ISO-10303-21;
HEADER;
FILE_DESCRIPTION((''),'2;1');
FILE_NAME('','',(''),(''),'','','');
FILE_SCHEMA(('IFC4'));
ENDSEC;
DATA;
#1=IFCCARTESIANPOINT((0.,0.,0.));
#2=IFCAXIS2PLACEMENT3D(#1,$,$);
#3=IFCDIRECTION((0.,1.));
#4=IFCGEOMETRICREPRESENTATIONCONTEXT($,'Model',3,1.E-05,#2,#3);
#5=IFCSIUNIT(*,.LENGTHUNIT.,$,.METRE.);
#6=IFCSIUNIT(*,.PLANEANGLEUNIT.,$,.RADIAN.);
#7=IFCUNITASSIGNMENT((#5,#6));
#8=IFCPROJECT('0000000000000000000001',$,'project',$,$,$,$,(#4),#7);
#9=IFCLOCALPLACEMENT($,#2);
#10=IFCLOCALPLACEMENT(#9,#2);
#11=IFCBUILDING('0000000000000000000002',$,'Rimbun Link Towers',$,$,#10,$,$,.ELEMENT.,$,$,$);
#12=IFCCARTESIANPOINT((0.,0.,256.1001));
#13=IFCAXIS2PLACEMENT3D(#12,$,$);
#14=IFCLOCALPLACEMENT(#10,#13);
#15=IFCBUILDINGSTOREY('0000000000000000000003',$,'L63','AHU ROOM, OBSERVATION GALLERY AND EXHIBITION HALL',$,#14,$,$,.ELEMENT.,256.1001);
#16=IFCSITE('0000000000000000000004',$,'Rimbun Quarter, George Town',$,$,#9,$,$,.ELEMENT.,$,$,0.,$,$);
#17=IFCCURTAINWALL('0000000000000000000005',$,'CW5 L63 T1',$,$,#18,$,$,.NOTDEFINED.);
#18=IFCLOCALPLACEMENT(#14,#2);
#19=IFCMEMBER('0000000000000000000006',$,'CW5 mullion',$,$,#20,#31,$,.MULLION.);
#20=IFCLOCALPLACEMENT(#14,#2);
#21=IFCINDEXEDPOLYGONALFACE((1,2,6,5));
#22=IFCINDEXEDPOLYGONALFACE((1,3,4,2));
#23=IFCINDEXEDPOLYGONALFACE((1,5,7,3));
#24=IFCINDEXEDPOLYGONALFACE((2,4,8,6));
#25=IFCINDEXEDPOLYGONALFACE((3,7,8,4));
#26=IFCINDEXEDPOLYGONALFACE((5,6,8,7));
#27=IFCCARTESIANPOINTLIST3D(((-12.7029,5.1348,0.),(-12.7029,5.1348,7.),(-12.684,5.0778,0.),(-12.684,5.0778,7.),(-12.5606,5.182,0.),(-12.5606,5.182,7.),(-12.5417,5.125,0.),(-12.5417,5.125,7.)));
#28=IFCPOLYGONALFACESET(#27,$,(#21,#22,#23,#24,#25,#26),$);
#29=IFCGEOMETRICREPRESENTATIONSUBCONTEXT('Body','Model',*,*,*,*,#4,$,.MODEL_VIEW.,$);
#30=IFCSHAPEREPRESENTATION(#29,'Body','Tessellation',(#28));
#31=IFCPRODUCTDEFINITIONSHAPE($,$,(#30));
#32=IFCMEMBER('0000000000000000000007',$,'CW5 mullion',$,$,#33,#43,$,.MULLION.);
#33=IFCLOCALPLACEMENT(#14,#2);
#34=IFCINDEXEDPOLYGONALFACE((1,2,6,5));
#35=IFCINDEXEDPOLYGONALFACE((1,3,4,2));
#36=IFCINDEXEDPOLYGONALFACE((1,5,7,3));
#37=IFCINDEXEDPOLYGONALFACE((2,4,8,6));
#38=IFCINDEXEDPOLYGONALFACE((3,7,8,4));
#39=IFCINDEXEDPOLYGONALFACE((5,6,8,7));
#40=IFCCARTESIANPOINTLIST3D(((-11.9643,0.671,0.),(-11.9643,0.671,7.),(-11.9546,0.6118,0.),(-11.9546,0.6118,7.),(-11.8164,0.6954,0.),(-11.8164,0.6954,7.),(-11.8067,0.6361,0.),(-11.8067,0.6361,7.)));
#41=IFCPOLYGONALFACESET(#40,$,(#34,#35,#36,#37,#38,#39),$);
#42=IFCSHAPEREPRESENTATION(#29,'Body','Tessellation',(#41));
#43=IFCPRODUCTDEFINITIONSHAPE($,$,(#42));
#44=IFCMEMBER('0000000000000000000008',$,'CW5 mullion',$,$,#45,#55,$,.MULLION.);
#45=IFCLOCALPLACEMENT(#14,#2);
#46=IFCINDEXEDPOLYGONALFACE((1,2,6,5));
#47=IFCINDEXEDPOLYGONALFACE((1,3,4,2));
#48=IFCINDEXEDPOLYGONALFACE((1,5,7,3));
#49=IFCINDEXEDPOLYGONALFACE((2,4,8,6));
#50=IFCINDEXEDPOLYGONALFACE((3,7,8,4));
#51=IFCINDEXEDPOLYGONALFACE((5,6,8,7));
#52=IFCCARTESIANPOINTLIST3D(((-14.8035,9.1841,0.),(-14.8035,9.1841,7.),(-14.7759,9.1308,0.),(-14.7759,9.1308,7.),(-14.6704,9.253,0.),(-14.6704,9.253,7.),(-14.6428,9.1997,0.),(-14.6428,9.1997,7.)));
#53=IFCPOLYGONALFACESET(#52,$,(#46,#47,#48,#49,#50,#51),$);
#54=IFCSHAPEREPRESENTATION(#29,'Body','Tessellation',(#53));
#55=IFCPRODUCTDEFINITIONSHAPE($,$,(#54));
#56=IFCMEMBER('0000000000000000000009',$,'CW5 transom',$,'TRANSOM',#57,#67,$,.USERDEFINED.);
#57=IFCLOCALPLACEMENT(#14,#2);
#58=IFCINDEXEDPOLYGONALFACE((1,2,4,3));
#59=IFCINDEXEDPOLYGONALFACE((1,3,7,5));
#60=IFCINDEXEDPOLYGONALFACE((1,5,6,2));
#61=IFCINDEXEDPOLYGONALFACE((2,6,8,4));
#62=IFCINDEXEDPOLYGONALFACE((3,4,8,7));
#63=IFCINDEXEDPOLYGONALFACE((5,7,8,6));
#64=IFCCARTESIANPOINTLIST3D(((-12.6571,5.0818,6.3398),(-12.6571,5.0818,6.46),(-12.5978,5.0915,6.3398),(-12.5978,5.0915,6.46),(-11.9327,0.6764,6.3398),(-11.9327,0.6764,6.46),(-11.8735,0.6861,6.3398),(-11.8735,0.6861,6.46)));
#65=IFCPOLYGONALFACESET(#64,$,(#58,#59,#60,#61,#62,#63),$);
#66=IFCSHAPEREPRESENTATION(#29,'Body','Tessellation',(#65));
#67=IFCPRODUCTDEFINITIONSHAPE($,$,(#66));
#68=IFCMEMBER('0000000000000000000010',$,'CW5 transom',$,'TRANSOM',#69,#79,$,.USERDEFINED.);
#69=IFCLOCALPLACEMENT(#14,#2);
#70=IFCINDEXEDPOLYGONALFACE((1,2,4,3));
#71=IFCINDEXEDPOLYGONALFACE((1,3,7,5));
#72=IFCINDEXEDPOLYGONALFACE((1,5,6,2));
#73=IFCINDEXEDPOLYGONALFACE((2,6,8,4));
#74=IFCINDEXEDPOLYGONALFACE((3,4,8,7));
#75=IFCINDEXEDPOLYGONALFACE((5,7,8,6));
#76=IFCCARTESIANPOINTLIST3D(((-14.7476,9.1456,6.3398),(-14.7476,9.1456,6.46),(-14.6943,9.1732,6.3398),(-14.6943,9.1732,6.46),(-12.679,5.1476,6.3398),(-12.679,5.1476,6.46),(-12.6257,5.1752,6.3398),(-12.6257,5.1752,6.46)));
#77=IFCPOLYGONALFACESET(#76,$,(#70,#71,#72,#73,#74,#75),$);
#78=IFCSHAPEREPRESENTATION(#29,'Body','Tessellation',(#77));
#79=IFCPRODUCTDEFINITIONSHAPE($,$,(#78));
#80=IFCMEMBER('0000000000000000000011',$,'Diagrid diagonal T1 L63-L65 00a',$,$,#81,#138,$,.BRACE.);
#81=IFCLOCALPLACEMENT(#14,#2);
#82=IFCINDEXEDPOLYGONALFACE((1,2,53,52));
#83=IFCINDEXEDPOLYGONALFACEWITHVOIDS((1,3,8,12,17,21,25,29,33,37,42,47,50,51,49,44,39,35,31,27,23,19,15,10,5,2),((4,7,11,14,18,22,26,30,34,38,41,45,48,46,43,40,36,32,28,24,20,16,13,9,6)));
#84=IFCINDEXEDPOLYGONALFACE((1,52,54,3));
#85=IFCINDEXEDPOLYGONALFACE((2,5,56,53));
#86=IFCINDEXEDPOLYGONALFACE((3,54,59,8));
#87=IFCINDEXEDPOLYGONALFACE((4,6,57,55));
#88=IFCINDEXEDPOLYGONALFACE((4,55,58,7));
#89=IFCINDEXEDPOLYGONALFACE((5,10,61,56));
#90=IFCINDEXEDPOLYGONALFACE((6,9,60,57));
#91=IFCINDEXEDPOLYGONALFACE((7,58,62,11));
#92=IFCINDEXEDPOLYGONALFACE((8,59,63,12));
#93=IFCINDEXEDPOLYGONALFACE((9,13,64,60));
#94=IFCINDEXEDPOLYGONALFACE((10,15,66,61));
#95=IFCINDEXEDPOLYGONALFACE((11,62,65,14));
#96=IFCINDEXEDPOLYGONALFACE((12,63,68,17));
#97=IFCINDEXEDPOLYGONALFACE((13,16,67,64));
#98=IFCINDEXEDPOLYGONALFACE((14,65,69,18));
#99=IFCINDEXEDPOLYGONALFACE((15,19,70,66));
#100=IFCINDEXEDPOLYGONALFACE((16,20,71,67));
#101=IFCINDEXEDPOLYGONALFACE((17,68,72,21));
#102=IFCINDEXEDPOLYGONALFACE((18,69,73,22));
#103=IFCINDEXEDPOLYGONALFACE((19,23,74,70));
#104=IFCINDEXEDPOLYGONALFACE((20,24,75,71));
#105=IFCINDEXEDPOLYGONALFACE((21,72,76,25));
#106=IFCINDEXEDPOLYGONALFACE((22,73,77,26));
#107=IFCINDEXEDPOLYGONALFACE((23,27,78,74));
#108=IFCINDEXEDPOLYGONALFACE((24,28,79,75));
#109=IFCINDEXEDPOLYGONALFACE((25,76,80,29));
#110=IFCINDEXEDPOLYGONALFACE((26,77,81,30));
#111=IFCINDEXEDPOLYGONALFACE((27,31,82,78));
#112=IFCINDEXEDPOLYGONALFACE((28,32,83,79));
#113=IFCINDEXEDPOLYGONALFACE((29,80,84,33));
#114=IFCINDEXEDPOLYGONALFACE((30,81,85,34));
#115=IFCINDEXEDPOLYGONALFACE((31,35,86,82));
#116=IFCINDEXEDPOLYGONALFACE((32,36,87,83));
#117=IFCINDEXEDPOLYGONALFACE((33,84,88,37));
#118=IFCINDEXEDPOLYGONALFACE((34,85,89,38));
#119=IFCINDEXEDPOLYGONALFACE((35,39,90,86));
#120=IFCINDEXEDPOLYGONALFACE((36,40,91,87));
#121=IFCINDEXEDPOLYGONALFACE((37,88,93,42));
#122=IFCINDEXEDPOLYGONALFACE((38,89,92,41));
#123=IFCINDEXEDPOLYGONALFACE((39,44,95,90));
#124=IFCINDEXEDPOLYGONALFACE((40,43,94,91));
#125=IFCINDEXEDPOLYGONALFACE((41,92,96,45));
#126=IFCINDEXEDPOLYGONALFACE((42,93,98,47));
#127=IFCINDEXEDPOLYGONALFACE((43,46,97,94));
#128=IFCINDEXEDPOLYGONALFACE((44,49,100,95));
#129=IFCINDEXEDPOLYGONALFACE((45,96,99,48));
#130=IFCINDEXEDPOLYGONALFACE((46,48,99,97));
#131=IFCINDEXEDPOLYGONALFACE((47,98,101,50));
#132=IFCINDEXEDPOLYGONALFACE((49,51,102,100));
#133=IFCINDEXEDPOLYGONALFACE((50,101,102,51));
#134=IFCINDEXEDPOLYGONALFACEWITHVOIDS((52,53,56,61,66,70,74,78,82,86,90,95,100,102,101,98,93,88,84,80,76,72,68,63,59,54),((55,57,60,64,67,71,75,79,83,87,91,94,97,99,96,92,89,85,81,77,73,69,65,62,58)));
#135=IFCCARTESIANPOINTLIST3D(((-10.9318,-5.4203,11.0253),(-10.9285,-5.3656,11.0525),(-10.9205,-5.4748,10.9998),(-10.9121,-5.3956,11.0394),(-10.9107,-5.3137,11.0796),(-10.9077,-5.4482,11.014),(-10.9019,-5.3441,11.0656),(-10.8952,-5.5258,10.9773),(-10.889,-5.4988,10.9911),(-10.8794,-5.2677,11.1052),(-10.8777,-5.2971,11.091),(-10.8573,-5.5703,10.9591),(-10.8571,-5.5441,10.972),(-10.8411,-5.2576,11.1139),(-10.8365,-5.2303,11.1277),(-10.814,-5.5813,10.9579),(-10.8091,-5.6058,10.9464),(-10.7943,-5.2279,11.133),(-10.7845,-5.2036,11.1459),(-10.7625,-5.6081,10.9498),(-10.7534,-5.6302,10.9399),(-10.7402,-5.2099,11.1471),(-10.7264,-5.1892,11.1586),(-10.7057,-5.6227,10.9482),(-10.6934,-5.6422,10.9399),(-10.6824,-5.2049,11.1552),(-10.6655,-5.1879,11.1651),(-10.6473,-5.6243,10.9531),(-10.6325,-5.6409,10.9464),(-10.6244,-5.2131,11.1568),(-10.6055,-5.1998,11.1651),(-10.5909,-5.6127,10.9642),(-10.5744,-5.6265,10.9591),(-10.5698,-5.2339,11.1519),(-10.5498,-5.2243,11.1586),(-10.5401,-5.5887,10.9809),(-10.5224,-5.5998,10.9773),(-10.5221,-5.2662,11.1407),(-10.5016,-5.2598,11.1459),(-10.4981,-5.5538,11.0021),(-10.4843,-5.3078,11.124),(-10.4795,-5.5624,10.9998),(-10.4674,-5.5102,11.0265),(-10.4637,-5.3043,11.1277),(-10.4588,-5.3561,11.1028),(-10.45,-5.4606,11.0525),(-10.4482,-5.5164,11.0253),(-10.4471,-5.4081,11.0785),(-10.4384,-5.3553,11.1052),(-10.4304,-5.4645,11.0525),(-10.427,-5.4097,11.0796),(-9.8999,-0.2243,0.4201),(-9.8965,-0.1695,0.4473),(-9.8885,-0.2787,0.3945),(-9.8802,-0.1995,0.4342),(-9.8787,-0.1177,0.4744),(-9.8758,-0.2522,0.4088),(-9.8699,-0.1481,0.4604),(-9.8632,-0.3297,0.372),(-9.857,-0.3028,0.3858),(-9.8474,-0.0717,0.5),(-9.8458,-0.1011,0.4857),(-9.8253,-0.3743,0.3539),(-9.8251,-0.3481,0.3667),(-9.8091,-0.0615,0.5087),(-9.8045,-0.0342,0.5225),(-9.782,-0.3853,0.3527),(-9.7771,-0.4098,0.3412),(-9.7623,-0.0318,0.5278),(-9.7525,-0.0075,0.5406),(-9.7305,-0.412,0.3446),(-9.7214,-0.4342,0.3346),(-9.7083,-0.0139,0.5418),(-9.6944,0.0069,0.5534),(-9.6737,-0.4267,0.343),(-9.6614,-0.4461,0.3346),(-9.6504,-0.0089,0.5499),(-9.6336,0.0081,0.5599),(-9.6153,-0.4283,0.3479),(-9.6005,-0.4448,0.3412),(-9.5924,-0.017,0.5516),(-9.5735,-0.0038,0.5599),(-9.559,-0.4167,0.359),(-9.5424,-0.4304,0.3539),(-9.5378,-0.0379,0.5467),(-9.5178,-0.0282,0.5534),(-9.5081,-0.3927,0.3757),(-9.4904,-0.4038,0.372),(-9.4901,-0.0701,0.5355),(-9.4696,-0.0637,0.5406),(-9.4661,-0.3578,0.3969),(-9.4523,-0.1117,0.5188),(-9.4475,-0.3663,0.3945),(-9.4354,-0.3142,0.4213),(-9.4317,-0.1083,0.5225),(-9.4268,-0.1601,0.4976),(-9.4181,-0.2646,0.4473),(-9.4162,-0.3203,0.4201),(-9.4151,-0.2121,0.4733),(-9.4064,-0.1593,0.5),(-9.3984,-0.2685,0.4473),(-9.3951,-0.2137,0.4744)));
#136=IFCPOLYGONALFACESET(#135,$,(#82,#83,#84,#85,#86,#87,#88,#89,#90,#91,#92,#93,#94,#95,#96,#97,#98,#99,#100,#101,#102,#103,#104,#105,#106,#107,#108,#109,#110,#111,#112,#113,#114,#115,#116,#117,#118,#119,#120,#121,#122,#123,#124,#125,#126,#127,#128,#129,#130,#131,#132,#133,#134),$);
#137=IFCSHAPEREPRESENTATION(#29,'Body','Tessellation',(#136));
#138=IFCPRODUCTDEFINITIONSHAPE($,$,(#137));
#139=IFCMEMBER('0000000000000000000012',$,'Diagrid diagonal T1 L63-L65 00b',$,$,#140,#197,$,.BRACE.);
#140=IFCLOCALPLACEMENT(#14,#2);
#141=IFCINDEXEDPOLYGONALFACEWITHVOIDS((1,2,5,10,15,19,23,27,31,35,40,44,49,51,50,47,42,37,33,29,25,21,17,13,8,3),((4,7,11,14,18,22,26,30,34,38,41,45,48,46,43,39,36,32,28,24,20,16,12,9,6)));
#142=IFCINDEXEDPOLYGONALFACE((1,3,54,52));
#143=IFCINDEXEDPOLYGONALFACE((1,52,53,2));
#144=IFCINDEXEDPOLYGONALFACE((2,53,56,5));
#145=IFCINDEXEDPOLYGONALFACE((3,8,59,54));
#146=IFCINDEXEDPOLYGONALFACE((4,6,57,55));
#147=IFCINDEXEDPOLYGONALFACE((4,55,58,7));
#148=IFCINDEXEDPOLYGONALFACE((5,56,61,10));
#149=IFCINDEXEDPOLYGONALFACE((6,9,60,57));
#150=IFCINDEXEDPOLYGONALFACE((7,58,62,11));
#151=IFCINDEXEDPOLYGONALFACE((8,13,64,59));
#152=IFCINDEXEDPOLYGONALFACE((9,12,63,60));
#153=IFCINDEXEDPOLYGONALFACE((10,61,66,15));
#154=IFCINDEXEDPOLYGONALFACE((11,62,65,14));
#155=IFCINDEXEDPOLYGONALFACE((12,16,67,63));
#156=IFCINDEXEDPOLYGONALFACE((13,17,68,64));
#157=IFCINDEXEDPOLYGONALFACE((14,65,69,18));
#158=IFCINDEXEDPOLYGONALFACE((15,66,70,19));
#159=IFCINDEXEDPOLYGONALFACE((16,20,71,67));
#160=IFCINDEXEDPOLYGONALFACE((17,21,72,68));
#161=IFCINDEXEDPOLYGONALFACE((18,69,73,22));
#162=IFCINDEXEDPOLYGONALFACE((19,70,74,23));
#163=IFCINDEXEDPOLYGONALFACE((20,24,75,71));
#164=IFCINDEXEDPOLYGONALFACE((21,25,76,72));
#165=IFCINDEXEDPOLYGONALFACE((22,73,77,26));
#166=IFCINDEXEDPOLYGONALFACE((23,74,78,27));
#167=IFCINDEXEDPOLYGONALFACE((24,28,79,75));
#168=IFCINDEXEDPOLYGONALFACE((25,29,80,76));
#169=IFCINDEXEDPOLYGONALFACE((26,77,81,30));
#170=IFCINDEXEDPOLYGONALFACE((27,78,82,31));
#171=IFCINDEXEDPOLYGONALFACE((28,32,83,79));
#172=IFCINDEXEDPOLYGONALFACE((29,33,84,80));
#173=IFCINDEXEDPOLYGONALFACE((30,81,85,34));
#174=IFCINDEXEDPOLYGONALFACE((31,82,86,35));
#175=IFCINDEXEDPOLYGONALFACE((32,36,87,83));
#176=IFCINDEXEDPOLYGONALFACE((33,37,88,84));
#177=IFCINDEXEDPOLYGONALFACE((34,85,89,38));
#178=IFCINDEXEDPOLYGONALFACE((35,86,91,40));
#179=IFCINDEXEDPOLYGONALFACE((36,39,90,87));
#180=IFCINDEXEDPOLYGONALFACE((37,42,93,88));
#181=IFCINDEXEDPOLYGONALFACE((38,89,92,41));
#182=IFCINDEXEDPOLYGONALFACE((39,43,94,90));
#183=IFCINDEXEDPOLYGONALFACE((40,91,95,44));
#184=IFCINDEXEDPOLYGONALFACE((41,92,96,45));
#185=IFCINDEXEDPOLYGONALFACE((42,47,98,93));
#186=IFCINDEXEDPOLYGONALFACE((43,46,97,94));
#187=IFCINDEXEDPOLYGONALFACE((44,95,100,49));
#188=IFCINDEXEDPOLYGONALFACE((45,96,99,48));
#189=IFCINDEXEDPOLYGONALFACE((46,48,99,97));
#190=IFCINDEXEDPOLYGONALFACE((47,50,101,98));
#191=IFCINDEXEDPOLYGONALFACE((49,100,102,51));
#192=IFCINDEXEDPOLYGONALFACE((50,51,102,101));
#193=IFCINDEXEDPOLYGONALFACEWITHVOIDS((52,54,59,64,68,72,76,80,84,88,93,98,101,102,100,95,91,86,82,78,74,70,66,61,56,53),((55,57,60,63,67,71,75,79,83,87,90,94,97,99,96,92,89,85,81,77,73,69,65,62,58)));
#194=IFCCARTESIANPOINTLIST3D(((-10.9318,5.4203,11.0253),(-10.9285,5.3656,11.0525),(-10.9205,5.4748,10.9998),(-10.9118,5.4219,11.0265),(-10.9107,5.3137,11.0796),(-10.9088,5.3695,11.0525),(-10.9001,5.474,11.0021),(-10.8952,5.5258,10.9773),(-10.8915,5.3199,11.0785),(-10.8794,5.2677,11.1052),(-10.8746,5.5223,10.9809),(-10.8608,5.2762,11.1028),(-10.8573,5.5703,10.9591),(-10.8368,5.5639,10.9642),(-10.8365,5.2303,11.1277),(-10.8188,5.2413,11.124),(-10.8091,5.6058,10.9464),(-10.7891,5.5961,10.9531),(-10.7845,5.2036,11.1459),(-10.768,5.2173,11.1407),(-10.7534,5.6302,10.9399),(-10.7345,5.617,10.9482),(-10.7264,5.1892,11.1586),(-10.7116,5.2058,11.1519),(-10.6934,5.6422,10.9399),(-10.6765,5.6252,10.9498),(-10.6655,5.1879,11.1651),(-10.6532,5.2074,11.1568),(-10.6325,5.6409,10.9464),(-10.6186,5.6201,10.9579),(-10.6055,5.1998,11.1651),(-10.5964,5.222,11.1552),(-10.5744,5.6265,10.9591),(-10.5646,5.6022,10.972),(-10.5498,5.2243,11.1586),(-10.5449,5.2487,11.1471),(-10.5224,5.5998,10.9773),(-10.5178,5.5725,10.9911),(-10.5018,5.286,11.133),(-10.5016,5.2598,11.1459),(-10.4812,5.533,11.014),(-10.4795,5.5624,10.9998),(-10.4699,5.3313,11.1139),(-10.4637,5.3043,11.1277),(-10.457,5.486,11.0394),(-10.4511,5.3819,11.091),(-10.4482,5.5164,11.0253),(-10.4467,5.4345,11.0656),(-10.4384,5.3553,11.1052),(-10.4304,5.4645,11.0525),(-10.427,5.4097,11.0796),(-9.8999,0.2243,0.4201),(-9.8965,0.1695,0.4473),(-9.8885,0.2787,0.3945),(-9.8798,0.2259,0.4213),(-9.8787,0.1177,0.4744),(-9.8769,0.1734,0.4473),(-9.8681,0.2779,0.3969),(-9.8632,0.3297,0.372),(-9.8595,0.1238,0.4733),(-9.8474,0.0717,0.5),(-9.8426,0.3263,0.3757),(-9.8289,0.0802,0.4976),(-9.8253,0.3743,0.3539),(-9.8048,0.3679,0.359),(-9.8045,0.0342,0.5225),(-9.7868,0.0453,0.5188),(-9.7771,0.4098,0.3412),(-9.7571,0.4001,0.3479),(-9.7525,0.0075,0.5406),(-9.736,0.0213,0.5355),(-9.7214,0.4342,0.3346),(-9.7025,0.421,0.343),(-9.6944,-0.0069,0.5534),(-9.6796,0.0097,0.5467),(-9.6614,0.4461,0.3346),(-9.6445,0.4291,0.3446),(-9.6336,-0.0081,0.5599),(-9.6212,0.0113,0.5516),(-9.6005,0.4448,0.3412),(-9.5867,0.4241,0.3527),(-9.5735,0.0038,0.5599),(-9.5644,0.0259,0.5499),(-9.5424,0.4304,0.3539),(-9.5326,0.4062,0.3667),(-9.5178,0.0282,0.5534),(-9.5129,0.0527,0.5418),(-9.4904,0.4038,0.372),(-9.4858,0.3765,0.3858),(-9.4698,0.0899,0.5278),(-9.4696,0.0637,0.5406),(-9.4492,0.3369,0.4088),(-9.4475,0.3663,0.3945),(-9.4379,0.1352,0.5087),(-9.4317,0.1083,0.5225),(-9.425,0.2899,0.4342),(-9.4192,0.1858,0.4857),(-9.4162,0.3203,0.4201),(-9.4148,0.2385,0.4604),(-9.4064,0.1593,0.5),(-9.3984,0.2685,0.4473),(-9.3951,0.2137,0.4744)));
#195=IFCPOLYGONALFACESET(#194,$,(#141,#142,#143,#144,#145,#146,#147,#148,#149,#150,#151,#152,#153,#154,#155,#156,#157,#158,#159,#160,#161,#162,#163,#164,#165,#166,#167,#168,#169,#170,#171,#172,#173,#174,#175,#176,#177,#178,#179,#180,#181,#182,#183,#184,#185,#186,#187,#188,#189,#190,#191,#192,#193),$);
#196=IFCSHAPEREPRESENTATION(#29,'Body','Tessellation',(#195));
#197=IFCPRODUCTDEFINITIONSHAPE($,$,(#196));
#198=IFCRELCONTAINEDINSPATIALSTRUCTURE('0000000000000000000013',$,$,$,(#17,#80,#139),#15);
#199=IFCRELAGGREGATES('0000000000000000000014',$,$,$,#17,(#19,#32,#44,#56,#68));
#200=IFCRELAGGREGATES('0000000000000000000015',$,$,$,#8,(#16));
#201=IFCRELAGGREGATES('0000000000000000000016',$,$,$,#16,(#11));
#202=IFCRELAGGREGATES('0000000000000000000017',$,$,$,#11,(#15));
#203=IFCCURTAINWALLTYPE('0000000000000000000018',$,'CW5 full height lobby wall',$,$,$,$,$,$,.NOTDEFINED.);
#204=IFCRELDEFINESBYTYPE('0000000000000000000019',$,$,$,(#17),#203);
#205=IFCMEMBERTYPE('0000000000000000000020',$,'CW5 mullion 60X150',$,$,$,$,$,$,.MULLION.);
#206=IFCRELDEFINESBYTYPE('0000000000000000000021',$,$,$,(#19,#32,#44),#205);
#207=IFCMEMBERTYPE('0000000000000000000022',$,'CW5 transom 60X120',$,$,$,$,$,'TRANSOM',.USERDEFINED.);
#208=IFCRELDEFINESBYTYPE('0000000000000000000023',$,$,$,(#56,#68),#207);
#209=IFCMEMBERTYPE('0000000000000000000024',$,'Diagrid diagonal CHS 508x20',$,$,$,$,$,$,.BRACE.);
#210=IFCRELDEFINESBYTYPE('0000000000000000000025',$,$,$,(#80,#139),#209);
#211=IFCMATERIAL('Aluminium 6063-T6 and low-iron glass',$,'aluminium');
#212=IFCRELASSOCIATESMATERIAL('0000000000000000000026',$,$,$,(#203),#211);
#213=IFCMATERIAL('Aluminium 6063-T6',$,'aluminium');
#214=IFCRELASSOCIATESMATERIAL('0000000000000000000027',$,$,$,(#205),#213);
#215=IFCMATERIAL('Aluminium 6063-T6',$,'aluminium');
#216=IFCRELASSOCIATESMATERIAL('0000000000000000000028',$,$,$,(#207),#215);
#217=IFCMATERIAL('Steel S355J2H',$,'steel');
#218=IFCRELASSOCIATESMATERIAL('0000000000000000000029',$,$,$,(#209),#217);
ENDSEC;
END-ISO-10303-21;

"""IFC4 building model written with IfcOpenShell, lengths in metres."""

from ifc_helpers import new_model, si_unit, direction, frame, origin, origin_2d, place, context, subcontext, project, spatial, rectangle, hollow_circle, extrude, material, material_profile, profile_set, type_object, element, aggregate, save


model = new_model("IFC4")

# Units and contexts
model_context = context("Model", 3, precision=1e-05, world=origin(), true_north=direction((0.0, 1.0)))
body_context = subcontext(model_context, "Body", "Model", "MODEL_VIEW")
ifc_project = project(units=[si_unit("LENGTHUNIT", "METRE"), si_unit("PLANEANGLEUNIT", "RADIAN")], contexts=[model_context])

# Site, building, storey
site_placement = place(None, origin())
site = spatial("IfcSite", under=ifc_project, at=site_placement, Name="Rimbun Quarter, George Town", CompositionType="ELEMENT", RefElevation=0.0)
building_placement = place(site_placement, origin())
building = spatial("IfcBuilding", under=site, at=building_placement, Name="Rimbun Link Towers", CompositionType="ELEMENT")
storey_placement = place(building_placement, frame((0.0, 0.0, 256.1001)))
storey = spatial("IfcBuildingStorey", under=building, at=storey_placement, Name="L63", Description="AHU ROOM, OBSERVATION GALLERY AND EXHIBITION HALL", CompositionType="ELEMENT", Elevation=256.1001)

# Curtain wall, members
ifc_material_1 = material(Name="Aluminium 6063-T6 and low-iron glass", Category="aluminium")
curtain_wall_type = type_object("IfcCurtainWallType", Name="CW5 full height lobby wall", PredefinedType="NOTDEFINED", material=ifc_material_1)
curtain_wall_placement = place(storey_placement, origin())
curtain_wall = element("IfcCurtainWall", 1, at=curtain_wall_placement, inside=storey, type_object=curtain_wall_type, Name="CW5 L63 T1", PredefinedType="NOTDEFINED")
ifc_material_2 = material(Name="Aluminium 6063-T6", Category="aluminium")
ifc_material_profile_1 = material_profile(ifc_material_2, rectangle(XDim=0.1499, YDim=0.0601, at=origin_2d()), Name="MULLION 60X150")
ifc_profile_set_1 = profile_set([ifc_material_profile_1], Name="Aluminium 6063-T6")
member_type_1 = type_object("IfcMemberType", Name="CW5 mullion 60X150", PredefinedType="MULLION", material=ifc_profile_set_1)
member_1_placement = place(storey_placement, frame((-12.6223, 5.1299, 0.0), z_axis=(0.0, 0.0, 1.0), x_axis=(0.949163, 0.314784, 0.0)))
member_1 = element("IfcMember", 2, at=member_1_placement, type_object=member_type_1, Name="CW5 mullion", PredefinedType="MULLION", context=body_context, shape_type="SweptSolid", body=[
    extrude(rectangle(XDim=0.1499, YDim=0.0601, at=origin_2d()), origin(), (0.0, 0.0, 1.0), 7.0),
])
member_2_placement = place(storey_placement, frame((-11.8855, 0.6536, 0.0), z_axis=(0.0, 0.0, 1.0), x_axis=(0.98675, 0.162249, 0.0)))
member_2 = element("IfcMember", 3, at=member_2_placement, type_object=member_type_1, Name="CW5 mullion", PredefinedType="MULLION", context=body_context, shape_type="SweptSolid", body=[
    extrude(rectangle(XDim=0.1499, YDim=0.0601, at=origin_2d()), origin(), (0.0, 0.0, 1.0), 7.0),
])
member_3_placement = place(storey_placement, frame((-14.7231, 9.1919, 0.0), z_axis=(0.0, 0.0, 1.0), x_axis=(0.888152, 0.459551, 0.0)))
member_3 = element("IfcMember", 4, at=member_3_placement, type_object=member_type_1, Name="CW5 mullion", PredefinedType="MULLION", context=body_context, shape_type="SweptSolid", body=[
    extrude(rectangle(XDim=0.1499, YDim=0.0601, at=origin_2d()), origin(), (0.0, 0.0, 1.0), 7.0),
])
ifc_material_3 = material(Name="Aluminium 6063-T6", Category="aluminium")
ifc_material_profile_2 = material_profile(ifc_material_3, rectangle(XDim=0.0601, YDim=0.1201, at=origin_2d()), Name="TRANSOM 60X120")
ifc_profile_set_2 = profile_set([ifc_material_profile_2], Name="Aluminium 6063-T6")
member_type_2 = type_object("IfcMemberType", Name="CW5 transom 60X120", ElementType="TRANSOM", PredefinedType="USERDEFINED", material=ifc_profile_set_2)
member_4_placement = place(storey_placement, frame((-12.6274, 5.0867, 6.3999), z_axis=(0.162244, -0.986751, 0.0), x_axis=(0.986751, 0.162244, 0.0)))
member_4 = element("IfcMember", 5, at=member_4_placement, type_object=member_type_2, Name="CW5 transom", ObjectType="TRANSOM", PredefinedType="USERDEFINED", context=body_context, shape_type="SweptSolid", body=[
    extrude(rectangle(XDim=0.0601, YDim=0.1201, at=origin_2d()), origin(), (0.0, 0.0, 1.0), 4.4646),
])
member_5_placement = place(storey_placement, frame((-14.7209, 9.1594, 6.3999), z_axis=(0.459537, -0.888159, 0.0), x_axis=(0.888159, 0.459537, 0.0)))
member_5 = element("IfcMember", 6, at=member_5_placement, type_object=member_type_2, Name="CW5 transom", ObjectType="TRANSOM", PredefinedType="USERDEFINED", context=body_context, shape_type="SweptSolid", body=[
    extrude(rectangle(XDim=0.0601, YDim=0.1201, at=origin_2d()), origin(), (0.0, 0.0, 1.0), 4.5015),
])

# Members
ifc_material_4 = material(Name="Steel S355J2H", Category="steel")
ifc_material_profile_3 = material_profile(ifc_material_4, hollow_circle(Radius=0.2539, WallThickness=0.02, at=origin_2d()), Name="Diagrid diagonal CHS 508x20")
ifc_profile_set_3 = profile_set([ifc_material_profile_3], Name="Steel S355J2H")
member_type_3 = type_object("IfcMemberType", Name="Diagrid diagonal CHS 508x20", PredefinedType="BRACE", material=ifc_profile_set_3)
for number, where, z_axis, x_axis, name in (
    (7, (-9.6475, -0.219, 0.4473), (-0.087052, -0.43831, 0.894598), (0.980842, -0.194804, 0.0), "Diagrid diagonal T1 L63-L65 00a"),
    (8, (-9.6475, 0.219, 0.4473), (-0.087052, 0.43831, 0.894598), (-0.980842, -0.194804, 0.0), "Diagrid diagonal T1 L63-L65 00b"),
):
    element("IfcMember", number, at=place(storey_placement, frame(where, z_axis=z_axis, x_axis=x_axis)), inside=storey, type_object=member_type_3, Name=name, PredefinedType="BRACE", context=body_context, shape_type="SweptSolid", body=[
        extrude(hollow_circle(Radius=0.2539, WallThickness=0.02, at=origin_2d()), origin(), (0.0, 0.0, 1.0), 11.8547),
    ])

aggregate(curtain_wall, [member_1, member_2, member_3, member_4, member_5])

save(model, "model.ifc")
